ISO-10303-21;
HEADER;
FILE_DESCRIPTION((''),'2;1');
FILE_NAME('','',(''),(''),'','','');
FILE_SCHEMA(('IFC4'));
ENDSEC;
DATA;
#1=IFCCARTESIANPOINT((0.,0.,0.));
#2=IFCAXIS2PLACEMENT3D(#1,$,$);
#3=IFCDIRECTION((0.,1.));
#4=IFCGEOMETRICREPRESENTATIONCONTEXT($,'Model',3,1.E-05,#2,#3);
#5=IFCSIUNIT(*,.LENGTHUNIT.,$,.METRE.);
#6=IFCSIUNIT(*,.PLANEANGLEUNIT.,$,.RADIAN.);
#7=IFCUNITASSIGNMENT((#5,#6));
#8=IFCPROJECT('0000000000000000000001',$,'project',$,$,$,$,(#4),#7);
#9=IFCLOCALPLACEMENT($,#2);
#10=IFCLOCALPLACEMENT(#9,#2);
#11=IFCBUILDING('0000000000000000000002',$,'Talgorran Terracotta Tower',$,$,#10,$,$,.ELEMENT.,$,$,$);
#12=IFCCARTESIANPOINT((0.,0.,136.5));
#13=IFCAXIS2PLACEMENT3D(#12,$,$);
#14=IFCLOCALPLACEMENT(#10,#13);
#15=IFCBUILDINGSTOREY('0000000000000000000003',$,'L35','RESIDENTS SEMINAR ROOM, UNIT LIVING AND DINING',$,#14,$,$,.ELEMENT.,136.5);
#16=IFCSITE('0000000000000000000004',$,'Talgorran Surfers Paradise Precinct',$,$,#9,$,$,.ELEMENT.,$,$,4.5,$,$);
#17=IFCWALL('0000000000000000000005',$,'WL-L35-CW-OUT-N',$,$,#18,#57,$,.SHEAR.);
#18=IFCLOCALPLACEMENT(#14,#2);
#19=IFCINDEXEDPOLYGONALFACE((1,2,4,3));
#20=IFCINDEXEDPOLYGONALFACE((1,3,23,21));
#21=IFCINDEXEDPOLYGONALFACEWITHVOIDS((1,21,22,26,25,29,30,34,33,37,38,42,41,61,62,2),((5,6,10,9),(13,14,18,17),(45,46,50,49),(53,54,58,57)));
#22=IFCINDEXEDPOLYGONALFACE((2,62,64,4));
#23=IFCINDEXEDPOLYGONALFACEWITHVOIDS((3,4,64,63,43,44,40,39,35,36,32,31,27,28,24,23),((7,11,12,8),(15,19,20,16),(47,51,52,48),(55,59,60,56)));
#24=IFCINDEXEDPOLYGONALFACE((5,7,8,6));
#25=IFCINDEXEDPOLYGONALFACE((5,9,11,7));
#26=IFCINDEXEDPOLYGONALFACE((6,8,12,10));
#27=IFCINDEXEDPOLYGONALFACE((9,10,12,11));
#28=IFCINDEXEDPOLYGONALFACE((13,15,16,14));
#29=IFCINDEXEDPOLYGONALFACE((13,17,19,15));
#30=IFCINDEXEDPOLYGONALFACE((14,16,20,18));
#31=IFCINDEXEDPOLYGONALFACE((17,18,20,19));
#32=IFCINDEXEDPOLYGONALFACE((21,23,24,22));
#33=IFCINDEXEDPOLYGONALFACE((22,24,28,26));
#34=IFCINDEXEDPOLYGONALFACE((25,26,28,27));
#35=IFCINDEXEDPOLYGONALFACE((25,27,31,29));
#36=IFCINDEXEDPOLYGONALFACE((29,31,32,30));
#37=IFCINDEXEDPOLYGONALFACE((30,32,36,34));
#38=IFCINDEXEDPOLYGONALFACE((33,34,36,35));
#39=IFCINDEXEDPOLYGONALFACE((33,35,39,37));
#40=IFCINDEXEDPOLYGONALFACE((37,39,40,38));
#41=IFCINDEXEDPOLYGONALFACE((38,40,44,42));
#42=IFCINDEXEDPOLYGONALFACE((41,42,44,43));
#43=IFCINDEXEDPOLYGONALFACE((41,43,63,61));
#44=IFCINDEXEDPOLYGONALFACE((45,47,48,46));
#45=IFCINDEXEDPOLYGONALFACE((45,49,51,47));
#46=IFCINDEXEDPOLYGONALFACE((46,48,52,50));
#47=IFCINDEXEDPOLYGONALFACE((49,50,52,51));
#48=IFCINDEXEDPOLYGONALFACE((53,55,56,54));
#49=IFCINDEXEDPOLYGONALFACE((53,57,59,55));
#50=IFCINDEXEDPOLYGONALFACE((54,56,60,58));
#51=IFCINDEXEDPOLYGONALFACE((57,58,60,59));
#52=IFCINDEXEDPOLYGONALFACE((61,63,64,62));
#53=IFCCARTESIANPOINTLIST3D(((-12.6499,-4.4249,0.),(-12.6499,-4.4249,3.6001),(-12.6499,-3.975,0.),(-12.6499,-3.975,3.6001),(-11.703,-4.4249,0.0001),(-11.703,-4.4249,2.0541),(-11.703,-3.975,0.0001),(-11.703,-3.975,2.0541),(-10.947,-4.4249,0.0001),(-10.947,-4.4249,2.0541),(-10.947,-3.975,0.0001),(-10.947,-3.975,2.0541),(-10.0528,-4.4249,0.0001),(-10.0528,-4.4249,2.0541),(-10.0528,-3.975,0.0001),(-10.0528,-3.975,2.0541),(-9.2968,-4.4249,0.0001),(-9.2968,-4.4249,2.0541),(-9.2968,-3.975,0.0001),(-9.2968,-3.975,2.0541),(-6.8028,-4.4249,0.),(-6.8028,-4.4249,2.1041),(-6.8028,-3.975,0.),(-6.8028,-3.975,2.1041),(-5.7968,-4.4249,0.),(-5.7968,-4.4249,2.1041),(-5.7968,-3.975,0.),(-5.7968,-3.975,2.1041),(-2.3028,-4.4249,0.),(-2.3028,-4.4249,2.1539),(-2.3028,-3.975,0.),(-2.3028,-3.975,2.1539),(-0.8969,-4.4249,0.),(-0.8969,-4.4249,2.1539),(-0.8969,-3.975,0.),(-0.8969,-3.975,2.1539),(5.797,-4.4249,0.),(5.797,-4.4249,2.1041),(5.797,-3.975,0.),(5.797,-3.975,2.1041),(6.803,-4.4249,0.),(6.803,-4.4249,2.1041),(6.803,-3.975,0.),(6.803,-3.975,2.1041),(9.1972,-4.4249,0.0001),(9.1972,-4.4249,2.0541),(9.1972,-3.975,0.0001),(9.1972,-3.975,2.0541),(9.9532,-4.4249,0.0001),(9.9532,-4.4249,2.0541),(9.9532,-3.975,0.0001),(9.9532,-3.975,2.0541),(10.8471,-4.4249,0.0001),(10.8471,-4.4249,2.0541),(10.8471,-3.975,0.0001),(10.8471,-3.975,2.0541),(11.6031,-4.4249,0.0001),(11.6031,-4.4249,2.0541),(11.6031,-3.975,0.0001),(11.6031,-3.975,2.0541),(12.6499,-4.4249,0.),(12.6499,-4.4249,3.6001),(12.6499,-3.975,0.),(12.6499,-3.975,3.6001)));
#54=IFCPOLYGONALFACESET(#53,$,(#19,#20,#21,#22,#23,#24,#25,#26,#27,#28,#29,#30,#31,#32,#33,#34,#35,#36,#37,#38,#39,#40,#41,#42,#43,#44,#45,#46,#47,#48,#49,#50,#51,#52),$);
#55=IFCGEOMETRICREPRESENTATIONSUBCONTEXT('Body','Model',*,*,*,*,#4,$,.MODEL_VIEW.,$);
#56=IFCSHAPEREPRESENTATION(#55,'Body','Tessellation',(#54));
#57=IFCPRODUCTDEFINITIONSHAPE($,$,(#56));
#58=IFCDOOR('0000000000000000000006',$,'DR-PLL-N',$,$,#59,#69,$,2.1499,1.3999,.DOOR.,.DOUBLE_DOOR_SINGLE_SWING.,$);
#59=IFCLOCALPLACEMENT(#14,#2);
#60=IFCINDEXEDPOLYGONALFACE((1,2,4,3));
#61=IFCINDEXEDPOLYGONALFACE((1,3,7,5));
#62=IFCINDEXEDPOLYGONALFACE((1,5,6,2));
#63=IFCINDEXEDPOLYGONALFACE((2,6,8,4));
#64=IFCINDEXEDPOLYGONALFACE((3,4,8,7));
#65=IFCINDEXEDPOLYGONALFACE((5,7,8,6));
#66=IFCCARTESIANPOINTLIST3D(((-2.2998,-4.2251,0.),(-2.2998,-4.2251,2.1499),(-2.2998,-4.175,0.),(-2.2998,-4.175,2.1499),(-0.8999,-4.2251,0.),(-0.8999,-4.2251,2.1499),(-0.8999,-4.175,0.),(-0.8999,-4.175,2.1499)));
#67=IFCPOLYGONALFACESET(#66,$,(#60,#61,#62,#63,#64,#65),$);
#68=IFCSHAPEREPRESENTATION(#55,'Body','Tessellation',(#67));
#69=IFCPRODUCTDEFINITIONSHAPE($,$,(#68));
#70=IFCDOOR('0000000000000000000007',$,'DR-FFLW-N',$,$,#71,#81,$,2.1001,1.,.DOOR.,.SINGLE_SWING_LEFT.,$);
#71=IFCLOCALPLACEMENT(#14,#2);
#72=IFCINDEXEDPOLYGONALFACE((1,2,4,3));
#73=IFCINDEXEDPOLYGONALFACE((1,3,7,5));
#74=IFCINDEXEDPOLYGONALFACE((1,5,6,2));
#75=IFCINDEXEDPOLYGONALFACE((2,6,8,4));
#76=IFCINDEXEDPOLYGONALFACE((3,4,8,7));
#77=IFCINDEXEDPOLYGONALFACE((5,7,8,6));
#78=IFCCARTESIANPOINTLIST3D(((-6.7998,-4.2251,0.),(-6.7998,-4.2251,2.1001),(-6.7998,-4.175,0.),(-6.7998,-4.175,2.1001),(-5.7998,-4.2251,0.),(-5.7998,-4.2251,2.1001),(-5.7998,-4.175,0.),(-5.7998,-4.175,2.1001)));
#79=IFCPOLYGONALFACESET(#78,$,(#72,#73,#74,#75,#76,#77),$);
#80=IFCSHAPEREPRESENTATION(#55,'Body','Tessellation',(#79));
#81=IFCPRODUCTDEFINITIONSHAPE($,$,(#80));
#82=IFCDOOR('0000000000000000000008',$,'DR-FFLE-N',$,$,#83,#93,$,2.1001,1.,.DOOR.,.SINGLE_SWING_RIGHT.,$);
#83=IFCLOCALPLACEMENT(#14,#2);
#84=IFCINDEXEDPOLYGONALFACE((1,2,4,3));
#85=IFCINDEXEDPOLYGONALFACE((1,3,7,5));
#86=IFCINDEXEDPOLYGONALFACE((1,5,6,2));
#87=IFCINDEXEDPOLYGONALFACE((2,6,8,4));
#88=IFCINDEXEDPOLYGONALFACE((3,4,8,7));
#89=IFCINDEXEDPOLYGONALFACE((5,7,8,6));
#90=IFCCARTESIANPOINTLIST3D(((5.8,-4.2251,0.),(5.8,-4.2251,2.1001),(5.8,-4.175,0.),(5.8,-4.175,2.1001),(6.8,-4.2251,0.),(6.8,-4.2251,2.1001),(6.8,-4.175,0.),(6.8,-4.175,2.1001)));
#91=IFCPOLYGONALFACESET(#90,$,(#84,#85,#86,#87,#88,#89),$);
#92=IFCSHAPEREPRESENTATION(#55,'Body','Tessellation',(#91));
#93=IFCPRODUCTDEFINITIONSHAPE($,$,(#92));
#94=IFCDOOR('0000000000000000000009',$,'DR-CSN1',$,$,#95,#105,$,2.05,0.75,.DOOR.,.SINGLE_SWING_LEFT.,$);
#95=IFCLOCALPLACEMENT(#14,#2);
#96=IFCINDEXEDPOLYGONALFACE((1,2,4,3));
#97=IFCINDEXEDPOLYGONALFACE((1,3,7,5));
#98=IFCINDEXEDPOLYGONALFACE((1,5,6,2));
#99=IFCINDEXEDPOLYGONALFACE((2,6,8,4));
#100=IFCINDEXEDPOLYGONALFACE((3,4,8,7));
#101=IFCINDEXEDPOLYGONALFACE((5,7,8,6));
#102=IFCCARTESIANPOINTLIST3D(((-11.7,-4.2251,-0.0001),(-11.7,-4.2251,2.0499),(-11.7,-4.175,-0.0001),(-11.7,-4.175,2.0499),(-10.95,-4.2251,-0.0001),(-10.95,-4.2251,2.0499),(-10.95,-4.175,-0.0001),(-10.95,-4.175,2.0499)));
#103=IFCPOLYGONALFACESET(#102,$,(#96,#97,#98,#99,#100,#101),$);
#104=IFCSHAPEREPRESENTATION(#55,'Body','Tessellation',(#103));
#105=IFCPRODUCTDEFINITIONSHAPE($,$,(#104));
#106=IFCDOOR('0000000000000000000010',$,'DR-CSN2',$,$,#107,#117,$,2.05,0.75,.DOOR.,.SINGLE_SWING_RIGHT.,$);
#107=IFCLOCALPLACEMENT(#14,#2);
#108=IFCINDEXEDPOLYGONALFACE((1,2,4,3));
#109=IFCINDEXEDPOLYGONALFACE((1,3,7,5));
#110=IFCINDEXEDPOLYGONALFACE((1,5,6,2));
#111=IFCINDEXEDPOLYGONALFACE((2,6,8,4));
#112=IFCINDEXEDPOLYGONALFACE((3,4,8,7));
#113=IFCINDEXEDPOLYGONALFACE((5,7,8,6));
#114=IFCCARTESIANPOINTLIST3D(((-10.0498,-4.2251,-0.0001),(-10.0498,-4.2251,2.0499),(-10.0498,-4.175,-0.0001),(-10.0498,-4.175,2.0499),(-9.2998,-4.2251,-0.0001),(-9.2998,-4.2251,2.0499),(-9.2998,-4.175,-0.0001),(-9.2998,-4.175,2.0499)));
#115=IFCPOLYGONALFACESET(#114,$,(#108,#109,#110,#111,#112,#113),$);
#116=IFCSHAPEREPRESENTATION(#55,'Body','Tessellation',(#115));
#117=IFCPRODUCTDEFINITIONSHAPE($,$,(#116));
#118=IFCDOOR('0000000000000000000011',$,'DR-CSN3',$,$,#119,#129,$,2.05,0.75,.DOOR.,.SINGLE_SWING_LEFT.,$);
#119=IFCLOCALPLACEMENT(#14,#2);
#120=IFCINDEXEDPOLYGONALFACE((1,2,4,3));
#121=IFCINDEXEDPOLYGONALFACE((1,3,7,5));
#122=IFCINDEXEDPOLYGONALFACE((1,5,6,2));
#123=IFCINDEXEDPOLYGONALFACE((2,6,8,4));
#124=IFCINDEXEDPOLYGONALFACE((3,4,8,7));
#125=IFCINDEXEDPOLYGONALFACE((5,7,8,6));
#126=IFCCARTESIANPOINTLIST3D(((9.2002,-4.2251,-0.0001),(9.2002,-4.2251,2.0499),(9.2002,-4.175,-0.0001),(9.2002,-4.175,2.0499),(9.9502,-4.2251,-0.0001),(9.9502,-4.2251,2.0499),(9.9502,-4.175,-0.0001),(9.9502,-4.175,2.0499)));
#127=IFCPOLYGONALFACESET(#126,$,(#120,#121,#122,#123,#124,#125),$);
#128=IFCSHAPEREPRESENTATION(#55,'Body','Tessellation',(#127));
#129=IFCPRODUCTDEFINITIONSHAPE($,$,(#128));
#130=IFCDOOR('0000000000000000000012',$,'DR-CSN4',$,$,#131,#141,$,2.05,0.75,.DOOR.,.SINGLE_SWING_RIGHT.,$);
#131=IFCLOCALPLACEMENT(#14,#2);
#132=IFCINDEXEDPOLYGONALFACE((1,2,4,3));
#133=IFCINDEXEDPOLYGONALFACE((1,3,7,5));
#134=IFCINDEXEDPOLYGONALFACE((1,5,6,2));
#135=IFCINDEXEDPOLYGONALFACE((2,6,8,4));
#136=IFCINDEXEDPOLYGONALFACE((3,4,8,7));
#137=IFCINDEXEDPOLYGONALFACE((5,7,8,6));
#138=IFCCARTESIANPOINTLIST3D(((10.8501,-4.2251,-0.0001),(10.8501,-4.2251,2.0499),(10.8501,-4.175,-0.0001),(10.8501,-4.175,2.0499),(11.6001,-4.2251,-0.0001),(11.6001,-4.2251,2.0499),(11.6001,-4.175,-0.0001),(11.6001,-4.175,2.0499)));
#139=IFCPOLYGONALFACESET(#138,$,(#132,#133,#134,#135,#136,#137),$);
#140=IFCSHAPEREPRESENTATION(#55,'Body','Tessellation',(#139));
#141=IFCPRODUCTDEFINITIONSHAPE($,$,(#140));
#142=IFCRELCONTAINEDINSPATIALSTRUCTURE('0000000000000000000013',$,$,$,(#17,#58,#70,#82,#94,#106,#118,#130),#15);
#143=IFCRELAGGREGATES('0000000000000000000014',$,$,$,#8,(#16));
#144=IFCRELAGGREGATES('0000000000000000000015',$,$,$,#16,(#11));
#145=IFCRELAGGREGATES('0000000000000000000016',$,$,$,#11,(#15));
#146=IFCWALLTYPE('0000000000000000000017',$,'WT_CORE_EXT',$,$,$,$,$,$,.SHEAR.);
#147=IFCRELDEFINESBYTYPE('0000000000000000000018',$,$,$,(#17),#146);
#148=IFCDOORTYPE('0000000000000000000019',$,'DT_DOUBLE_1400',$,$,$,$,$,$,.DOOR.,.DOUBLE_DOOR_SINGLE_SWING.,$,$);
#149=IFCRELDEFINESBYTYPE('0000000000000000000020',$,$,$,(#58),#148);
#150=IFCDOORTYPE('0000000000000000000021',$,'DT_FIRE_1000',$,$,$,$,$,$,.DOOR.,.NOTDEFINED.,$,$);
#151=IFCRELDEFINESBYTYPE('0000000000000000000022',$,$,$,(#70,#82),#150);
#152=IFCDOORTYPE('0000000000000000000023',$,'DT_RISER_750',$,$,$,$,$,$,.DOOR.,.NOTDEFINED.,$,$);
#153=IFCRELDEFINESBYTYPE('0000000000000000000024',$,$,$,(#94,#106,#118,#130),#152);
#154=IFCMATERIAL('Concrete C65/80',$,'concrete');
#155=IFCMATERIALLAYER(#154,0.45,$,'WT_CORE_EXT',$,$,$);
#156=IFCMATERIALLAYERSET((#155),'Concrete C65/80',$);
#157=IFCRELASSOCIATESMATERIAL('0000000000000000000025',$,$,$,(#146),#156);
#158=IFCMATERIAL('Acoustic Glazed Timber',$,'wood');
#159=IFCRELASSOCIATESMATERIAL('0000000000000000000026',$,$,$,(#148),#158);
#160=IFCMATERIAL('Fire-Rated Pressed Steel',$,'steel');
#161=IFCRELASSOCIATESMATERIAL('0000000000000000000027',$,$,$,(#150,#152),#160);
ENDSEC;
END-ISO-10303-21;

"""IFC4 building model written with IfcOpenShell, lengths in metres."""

from ifc_helpers import new_model, si_unit, direction, frame, frame_2d, origin, place, context, subcontext, project, spatial, rectangle, extrude, material, layer, layer_set, type_object, element, fill, save


model = new_model("IFC4")

# Units and contexts
model_context = context("Model", 3, precision=1e-05, world=origin(), true_north=direction((0.0, 1.0)))
body_context = subcontext(model_context, "Body", "Model", "MODEL_VIEW")
ifc_project = project(units=[si_unit("LENGTHUNIT", "METRE"), si_unit("PLANEANGLEUNIT", "RADIAN")], contexts=[model_context])

# Site, building, storey
site_placement = place(None, origin())
site = spatial("IfcSite", under=ifc_project, at=site_placement, Name="Talgorran Surfers Paradise Precinct", CompositionType="ELEMENT", RefElevation=4.5)
building_placement = place(site_placement, origin())
building = spatial("IfcBuilding", under=site, at=building_placement, Name="Talgorran Terracotta Tower", CompositionType="ELEMENT")
storey_placement = place(building_placement, frame((0.0, 0.0, 136.5)))
storey = spatial("IfcBuildingStorey", under=building, at=storey_placement, Name="L35", Description="RESIDENTS SEMINAR ROOM, UNIT LIVING AND DINING", CompositionType="ELEMENT", Elevation=136.5)

# Wall, openings, doors
ifc_material_1 = material(Name="Concrete C65/80", Category="concrete")
ifc_layer_1 = layer(ifc_material_1, 0.45, Name="WT_CORE_EXT")
ifc_layer_set_1 = layer_set([ifc_layer_1], Name="Concrete C65/80")
wall_type_1 = type_object("IfcWallType", Name="WT_CORE_EXT", PredefinedType="SHEAR", material=ifc_layer_set_1)
wall_1_placement = place(storey_placement, frame((-12.6499, -4.2, 0.0), z_axis=(0.0, 0.0, 1.0), x_axis=(1.0, 0.0, 0.0)))
wall_1 = element("IfcWall", 1, at=wall_1_placement, inside=storey, type_object=wall_type_1, Name="WL-L35-CW-OUT-N", PredefinedType="SHEAR", context=body_context, shape_type="SweptSolid", body=[
    extrude(rectangle(XDim=25.2998, YDim=0.45, at=frame_2d((12.6499, 0.0))), origin(), (0.0, 0.0, 1.0), 3.6001),
])
opening_1_placement = place(wall_1_placement, frame((0.95, 0.0, 0.0)))
opening_1 = element("IfcOpeningElement", 2, at=opening_1_placement, cuts=wall_1, PredefinedType="OPENING", context=body_context, shape_type="SweptSolid", body=[
    extrude(rectangle(XDim=0.756, YDim=2.054, at=frame_2d((0.375, 1.0271))), frame((0.0, 0.2349, 0.0), z_axis=(0.0, -1.0, 0.0), x_axis=(1.0, 0.0, 0.0)), (0.0, 0.0, 1.0), 0.47),
])
opening_2_placement = place(wall_1_placement, frame((2.6001, 0.0, 0.0)))
opening_2 = element("IfcOpeningElement", 3, at=opening_2_placement, cuts=wall_1, PredefinedType="OPENING", context=body_context, shape_type="SweptSolid", body=[
    extrude(rectangle(XDim=0.756, YDim=2.054, at=frame_2d((0.375, 1.0271))), frame((0.0, 0.2349, 0.0), z_axis=(0.0, -1.0, 0.0), x_axis=(1.0, 0.0, 0.0)), (0.0, 0.0, 1.0), 0.47),
])
opening_3_placement = place(wall_1_placement, frame((21.8501, 0.0, 0.0)))
opening_3 = element("IfcOpeningElement", 4, at=opening_3_placement, cuts=wall_1, PredefinedType="OPENING", context=body_context, shape_type="SweptSolid", body=[
    extrude(rectangle(XDim=0.756, YDim=2.054, at=frame_2d((0.375, 1.0271))), frame((0.0, 0.2349, 0.0), z_axis=(0.0, -1.0, 0.0), x_axis=(1.0, 0.0, 0.0)), (0.0, 0.0, 1.0), 0.47),
])
opening_4_placement = place(wall_1_placement, frame((23.5, 0.0, 0.0)))
opening_4 = element("IfcOpeningElement", 5, at=opening_4_placement, cuts=wall_1, PredefinedType="OPENING", context=body_context, shape_type="SweptSolid", body=[
    extrude(rectangle(XDim=0.756, YDim=2.054, at=frame_2d((0.375, 1.0271))), frame((0.0, 0.2349, 0.0), z_axis=(0.0, -1.0, 0.0), x_axis=(1.0, 0.0, 0.0)), (0.0, 0.0, 1.0), 0.47),
])
opening_5_placement = place(wall_1_placement, frame((5.8501, 0.0, 0.0)))
opening_5 = element("IfcOpeningElement", 6, at=opening_5_placement, cuts=wall_1, PredefinedType="OPENING", context=body_context, shape_type="SweptSolid", body=[
    extrude(rectangle(XDim=1.006, YDim=2.1041, at=frame_2d((0.5, 1.052))), frame((0.0, 0.2349, 0.0), z_axis=(0.0, -1.0, 0.0), x_axis=(1.0, 0.0, 0.0)), (0.0, 0.0, 1.0), 0.47),
])
opening_6_placement = place(wall_1_placement, frame((10.3501, 0.0, 0.0)))
opening_6 = element("IfcOpeningElement", 7, at=opening_6_placement, cuts=wall_1, PredefinedType="OPENING", context=body_context, shape_type="SweptSolid", body=[
    extrude(rectangle(XDim=1.4059, YDim=2.1539, at=frame_2d((0.7, 1.0769))), frame((0.0, 0.2349, 0.0), z_axis=(0.0, -1.0, 0.0), x_axis=(1.0, 0.0, 0.0)), (0.0, 0.0, 1.0), 0.47),
])
opening_7_placement = place(wall_1_placement, frame((18.45, 0.0, 0.0)))
opening_7 = element("IfcOpeningElement", 8, at=opening_7_placement, cuts=wall_1, PredefinedType="OPENING", context=body_context, shape_type="SweptSolid", body=[
    extrude(rectangle(XDim=1.006, YDim=2.1041, at=frame_2d((0.5, 1.052))), frame((0.0, 0.2349, 0.0), z_axis=(0.0, -1.0, 0.0), x_axis=(1.0, 0.0, 0.0)), (0.0, 0.0, 1.0), 0.47),
])
ifc_material_2 = material(Name="Acoustic Glazed Timber", Category="wood")
door_type_1 = type_object("IfcDoorType", Name="DT_DOUBLE_1400", OperationType="DOUBLE_DOOR_SINGLE_SWING", PredefinedType="DOOR", material=ifc_material_2)
door_1_placement = place(opening_6_placement, origin())
door_1 = element("IfcDoor", 9, at=door_1_placement, inside=storey, type_object=door_type_1, Name="DR-PLL-N", OperationType="DOUBLE_DOOR_SINGLE_SWING", OverallHeight=2.1499, OverallWidth=1.3999, PredefinedType="DOOR", context=body_context, shape_type="SweptSolid", body=[
    extrude(rectangle(XDim=1.3999, YDim=2.1499, at=frame_2d((0.7, 1.075))), frame((0.0, 0.0249, 0.0), z_axis=(0.0, -1.0, 0.0), x_axis=(1.0, 0.0, 0.0)), (0.0, 0.0, 1.0), 0.05),
])
fill(opening_6, door_1)
ifc_material_3 = material(Name="Fire-Rated Pressed Steel", Category="steel")
door_type_2 = type_object("IfcDoorType", Name="DT_FIRE_1000", OperationType="NOTDEFINED", PredefinedType="DOOR", material=ifc_material_3)
door_2_placement = place(opening_5_placement, origin())
door_2 = element("IfcDoor", 10, at=door_2_placement, inside=storey, type_object=door_type_2, Name="DR-FFLW-N", OperationType="SINGLE_SWING_LEFT", OverallHeight=2.1001, OverallWidth=1.0, PredefinedType="DOOR", context=body_context, shape_type="SweptSolid", body=[
    extrude(rectangle(XDim=1.0, YDim=2.1001, at=frame_2d((0.5, 1.05))), frame((0.0, 0.0249, 0.0), z_axis=(0.0, -1.0, 0.0), x_axis=(1.0, 0.0, 0.0)), (0.0, 0.0, 1.0), 0.05),
])
fill(opening_5, door_2)
door_3_placement = place(opening_7_placement, origin())
door_3 = element("IfcDoor", 11, at=door_3_placement, inside=storey, type_object=door_type_2, Name="DR-FFLE-N", OperationType="SINGLE_SWING_RIGHT", OverallHeight=2.1001, OverallWidth=1.0, PredefinedType="DOOR", context=body_context, shape_type="SweptSolid", body=[
    extrude(rectangle(XDim=1.0, YDim=2.1001, at=frame_2d((0.5, 1.05))), frame((0.0, 0.0249, 0.0), z_axis=(0.0, -1.0, 0.0), x_axis=(1.0, 0.0, 0.0)), (0.0, 0.0, 1.0), 0.05),
])
fill(opening_7, door_3)
door_type_3 = type_object("IfcDoorType", Name="DT_RISER_750", OperationType="NOTDEFINED", PredefinedType="DOOR", material=ifc_material_3)
door_4_placement = place(opening_1_placement, origin())
door_4 = element("IfcDoor", 12, at=door_4_placement, inside=storey, type_object=door_type_3, Name="DR-CSN1", OperationType="SINGLE_SWING_LEFT", OverallHeight=2.05, OverallWidth=0.75, PredefinedType="DOOR", context=body_context, shape_type="SweptSolid", body=[
    extrude(rectangle(XDim=0.75, YDim=2.05, at=frame_2d((0.375, 1.0249))), frame((0.0, 0.0249, 0.0), z_axis=(0.0, -1.0, 0.0), x_axis=(1.0, 0.0, 0.0)), (0.0, 0.0, 1.0), 0.05),
])
fill(opening_1, door_4)
door_5_placement = place(opening_2_placement, origin())
door_5 = element("IfcDoor", 13, at=door_5_placement, inside=storey, type_object=door_type_3, Name="DR-CSN2", OperationType="SINGLE_SWING_RIGHT", OverallHeight=2.05, OverallWidth=0.75, PredefinedType="DOOR", context=body_context, shape_type="SweptSolid", body=[
    extrude(rectangle(XDim=0.75, YDim=2.05, at=frame_2d((0.375, 1.0249))), frame((0.0, 0.0249, 0.0), z_axis=(0.0, -1.0, 0.0), x_axis=(1.0, 0.0, 0.0)), (0.0, 0.0, 1.0), 0.05),
])
fill(opening_2, door_5)
door_6_placement = place(opening_3_placement, origin())
door_6 = element("IfcDoor", 14, at=door_6_placement, inside=storey, type_object=door_type_3, Name="DR-CSN3", OperationType="SINGLE_SWING_LEFT", OverallHeight=2.05, OverallWidth=0.75, PredefinedType="DOOR", context=body_context, shape_type="SweptSolid", body=[
    extrude(rectangle(XDim=0.75, YDim=2.05, at=frame_2d((0.375, 1.0249))), frame((0.0, 0.0249, 0.0), z_axis=(0.0, -1.0, 0.0), x_axis=(1.0, 0.0, 0.0)), (0.0, 0.0, 1.0), 0.05),
])
fill(opening_3, door_6)
door_7_placement = place(opening_4_placement, origin())
door_7 = element("IfcDoor", 15, at=door_7_placement, inside=storey, type_object=door_type_3, Name="DR-CSN4", OperationType="SINGLE_SWING_RIGHT", OverallHeight=2.05, OverallWidth=0.75, PredefinedType="DOOR", context=body_context, shape_type="SweptSolid", body=[
    extrude(rectangle(XDim=0.75, YDim=2.05, at=frame_2d((0.375, 1.0249))), frame((0.0, 0.0249, 0.0), z_axis=(0.0, -1.0, 0.0), x_axis=(1.0, 0.0, 0.0)), (0.0, 0.0, 1.0), 0.05),
])
fill(opening_4, door_7)

save(model, "model.ifc")
